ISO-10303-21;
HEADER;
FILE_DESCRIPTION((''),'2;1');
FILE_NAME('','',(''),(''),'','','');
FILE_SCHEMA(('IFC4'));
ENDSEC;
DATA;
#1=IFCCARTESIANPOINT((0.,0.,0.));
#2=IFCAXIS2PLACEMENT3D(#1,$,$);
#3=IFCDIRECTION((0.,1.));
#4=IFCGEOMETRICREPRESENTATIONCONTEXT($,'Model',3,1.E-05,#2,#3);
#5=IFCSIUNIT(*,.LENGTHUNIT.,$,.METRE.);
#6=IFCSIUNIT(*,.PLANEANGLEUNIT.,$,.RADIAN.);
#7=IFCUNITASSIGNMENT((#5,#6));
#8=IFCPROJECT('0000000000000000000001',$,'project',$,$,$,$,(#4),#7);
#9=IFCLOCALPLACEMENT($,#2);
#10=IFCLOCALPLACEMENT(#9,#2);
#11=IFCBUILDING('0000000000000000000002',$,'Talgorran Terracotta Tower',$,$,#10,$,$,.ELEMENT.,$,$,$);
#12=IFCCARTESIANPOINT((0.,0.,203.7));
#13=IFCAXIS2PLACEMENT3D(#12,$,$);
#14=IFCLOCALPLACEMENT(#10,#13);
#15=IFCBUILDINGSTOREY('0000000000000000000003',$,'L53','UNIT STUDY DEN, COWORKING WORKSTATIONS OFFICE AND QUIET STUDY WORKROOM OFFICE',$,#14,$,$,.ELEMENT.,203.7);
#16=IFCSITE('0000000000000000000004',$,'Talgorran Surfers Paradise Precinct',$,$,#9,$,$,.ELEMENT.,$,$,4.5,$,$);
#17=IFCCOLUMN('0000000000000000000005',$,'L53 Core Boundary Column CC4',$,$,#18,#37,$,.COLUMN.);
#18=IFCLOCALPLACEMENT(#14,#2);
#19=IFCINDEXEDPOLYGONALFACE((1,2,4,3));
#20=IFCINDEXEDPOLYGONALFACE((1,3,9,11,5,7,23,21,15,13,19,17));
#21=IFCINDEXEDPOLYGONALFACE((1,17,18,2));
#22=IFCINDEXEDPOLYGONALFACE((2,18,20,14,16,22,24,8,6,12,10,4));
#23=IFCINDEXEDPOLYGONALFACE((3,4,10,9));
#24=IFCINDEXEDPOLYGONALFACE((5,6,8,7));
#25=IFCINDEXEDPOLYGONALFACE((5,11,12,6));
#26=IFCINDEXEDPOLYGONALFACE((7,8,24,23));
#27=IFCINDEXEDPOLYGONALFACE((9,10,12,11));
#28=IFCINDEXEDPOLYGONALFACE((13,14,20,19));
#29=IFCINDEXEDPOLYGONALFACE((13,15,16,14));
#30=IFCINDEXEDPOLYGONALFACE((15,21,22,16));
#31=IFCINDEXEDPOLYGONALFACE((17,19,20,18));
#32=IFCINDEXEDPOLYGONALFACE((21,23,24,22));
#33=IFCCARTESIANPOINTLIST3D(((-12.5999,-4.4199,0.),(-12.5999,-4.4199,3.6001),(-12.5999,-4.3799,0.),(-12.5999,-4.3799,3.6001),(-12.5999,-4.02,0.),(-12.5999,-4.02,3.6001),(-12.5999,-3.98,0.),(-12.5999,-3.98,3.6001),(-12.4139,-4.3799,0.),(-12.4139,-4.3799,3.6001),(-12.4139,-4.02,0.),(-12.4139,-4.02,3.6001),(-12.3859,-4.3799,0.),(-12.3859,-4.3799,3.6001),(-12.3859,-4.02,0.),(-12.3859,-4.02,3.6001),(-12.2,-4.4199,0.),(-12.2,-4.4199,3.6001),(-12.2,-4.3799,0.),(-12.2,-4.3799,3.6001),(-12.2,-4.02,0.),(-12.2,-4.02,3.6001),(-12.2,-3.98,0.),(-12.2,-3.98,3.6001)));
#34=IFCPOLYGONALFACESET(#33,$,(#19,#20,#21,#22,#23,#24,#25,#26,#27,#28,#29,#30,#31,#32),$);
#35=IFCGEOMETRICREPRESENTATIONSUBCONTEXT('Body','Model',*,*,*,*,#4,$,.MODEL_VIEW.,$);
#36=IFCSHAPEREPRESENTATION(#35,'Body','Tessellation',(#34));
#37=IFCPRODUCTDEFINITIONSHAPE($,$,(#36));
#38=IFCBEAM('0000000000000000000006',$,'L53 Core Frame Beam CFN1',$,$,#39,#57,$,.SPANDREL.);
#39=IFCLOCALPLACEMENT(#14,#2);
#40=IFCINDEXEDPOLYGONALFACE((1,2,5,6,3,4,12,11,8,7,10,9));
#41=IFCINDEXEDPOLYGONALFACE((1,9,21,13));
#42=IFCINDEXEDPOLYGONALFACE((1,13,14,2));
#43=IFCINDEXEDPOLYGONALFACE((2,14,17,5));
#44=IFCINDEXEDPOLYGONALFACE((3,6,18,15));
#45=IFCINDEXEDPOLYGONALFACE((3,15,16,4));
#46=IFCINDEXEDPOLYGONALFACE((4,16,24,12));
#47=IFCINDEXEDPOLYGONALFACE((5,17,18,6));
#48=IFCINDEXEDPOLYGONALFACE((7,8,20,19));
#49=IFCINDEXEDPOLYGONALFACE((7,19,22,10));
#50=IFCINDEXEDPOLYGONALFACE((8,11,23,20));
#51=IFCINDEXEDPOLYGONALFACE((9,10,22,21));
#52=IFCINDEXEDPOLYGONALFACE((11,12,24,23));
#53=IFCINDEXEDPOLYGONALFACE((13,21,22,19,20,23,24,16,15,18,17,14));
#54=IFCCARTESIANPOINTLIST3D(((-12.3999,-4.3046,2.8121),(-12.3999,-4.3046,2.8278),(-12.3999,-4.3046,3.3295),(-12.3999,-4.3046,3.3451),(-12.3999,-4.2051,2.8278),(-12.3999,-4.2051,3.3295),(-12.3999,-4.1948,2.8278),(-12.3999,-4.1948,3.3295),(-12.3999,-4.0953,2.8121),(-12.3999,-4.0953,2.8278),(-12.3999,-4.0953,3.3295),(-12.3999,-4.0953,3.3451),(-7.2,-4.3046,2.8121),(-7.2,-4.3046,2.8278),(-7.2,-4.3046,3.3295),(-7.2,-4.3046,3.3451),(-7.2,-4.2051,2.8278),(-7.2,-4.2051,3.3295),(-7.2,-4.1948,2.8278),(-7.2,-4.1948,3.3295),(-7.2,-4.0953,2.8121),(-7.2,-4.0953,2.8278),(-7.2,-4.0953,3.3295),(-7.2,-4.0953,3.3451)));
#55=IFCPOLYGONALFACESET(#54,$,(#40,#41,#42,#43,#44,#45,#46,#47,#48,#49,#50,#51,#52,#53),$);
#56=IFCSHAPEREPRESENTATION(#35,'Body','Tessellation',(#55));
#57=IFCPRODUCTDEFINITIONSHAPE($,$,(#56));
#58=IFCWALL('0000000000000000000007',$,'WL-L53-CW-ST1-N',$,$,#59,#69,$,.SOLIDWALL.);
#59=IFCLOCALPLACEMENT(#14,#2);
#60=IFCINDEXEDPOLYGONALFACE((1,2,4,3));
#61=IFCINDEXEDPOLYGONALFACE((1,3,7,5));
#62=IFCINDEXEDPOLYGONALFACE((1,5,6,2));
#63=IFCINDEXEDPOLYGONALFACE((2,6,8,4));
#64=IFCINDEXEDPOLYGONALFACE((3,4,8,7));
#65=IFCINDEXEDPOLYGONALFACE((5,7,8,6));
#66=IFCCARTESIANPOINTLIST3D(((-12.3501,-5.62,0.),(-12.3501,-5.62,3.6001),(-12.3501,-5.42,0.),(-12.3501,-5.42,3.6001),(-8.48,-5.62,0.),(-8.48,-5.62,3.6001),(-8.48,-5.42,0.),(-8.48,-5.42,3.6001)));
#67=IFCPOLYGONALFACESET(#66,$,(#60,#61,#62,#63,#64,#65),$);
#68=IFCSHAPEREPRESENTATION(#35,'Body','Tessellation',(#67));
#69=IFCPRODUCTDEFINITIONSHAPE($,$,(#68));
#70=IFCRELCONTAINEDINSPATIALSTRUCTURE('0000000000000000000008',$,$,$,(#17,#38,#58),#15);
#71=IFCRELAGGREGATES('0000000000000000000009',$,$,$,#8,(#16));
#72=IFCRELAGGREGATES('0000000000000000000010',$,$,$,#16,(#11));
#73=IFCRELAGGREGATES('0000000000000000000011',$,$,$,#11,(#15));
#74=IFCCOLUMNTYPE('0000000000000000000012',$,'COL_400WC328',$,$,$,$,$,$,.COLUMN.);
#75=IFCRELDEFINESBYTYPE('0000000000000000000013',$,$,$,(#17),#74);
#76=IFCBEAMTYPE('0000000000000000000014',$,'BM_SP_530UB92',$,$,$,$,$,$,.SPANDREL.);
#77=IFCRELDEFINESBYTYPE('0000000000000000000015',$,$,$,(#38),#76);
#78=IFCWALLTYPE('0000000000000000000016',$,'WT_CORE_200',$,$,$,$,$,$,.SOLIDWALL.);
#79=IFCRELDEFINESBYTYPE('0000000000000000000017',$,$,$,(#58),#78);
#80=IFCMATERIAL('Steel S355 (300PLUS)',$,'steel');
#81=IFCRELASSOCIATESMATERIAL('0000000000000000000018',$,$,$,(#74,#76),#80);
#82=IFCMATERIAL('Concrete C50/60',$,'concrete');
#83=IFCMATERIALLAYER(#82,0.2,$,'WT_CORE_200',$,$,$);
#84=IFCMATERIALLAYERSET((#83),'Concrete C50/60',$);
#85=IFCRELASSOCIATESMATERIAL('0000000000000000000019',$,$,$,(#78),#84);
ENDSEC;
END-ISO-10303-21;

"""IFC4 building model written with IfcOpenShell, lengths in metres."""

from ifc_helpers import new_model, si_unit, direction, frame, frame_2d, origin, origin_2d, place, context, subcontext, project, spatial, rectangle, i_section, extrude, material, layer, layer_set, material_profile, profile_set, type_object, element, save


model = new_model("IFC4")

# Units and contexts
model_context = context("Model", 3, precision=1e-05, world=origin(), true_north=direction((0.0, 1.0)))
body_context = subcontext(model_context, "Body", "Model", "MODEL_VIEW")
ifc_project = project(units=[si_unit("LENGTHUNIT", "METRE"), si_unit("PLANEANGLEUNIT", "RADIAN")], contexts=[model_context])

# Site, building, storey
site_placement = place(None, origin())
site = spatial("IfcSite", under=ifc_project, at=site_placement, Name="Talgorran Surfers Paradise Precinct", CompositionType="ELEMENT", RefElevation=4.5)
building_placement = place(site_placement, origin())
building = spatial("IfcBuilding", under=site, at=building_placement, Name="Talgorran Terracotta Tower", CompositionType="ELEMENT")
storey_placement = place(building_placement, frame((0.0, 0.0, 203.7)))
storey = spatial("IfcBuildingStorey", under=building, at=storey_placement, Name="L53", Description="UNIT STUDY DEN, COWORKING WORKSTATIONS OFFICE AND QUIET STUDY WORKROOM OFFICE", CompositionType="ELEMENT", Elevation=203.7)

# Column
ifc_material_1 = material(Name="Steel S355 (300PLUS)", Category="steel")
ifc_material_profile_1 = material_profile(ifc_material_1, i_section(OverallWidth=0.3999, OverallDepth=0.4399, WebThickness=0.0281, FlangeThickness=0.04, at=origin_2d()), Name="400WC328")
ifc_profile_set_1 = profile_set([ifc_material_profile_1], Name="Steel S355 (300PLUS)")
column_type = type_object("IfcColumnType", Name="COL_400WC328", PredefinedType="COLUMN", material=ifc_profile_set_1)
column_placement = place(storey_placement, frame((-12.3999, -4.2, 0.0), z_axis=(0.0, 0.0, 1.0), x_axis=(1.0, 0.0, 0.0)))
element("IfcColumn", 1, at=column_placement, inside=storey, type_object=column_type, Name="L53 Core Boundary Column CC4", PredefinedType="COLUMN", context=body_context, shape_type="SweptSolid", body=[
    extrude(i_section(OverallWidth=0.3999, OverallDepth=0.4399, WebThickness=0.0281, FlangeThickness=0.04, at=origin_2d()), origin(), (0.0, 0.0, 1.0), 3.6001),
])

# Beam
ifc_material_profile_2 = material_profile(ifc_material_1, i_section(OverallWidth=0.2092, OverallDepth=0.533, WebThickness=0.0103, FlangeThickness=0.0156, at=origin_2d()), Name="530UB92.4")
ifc_profile_set_2 = profile_set([ifc_material_profile_2], Name="Steel S355 (300PLUS)")
beam_type = type_object("IfcBeamType", Name="BM_SP_530UB92", PredefinedType="SPANDREL", material=ifc_profile_set_2)
beam_placement = place(storey_placement, frame((-12.3999, -4.2, 3.0786), z_axis=(1.0, 0.0, 0.0), x_axis=(0.0, 1.0, 0.0)))
element("IfcBeam", 2, at=beam_placement, inside=storey, type_object=beam_type, Name="L53 Core Frame Beam CFN1", PredefinedType="SPANDREL", context=body_context, shape_type="SweptSolid", body=[
    extrude(i_section(OverallWidth=0.2092, OverallDepth=0.533, WebThickness=0.0103, FlangeThickness=0.0156, at=origin_2d()), origin(), (0.0, 0.0, 1.0), 5.2),
])

# Wall
ifc_material_2 = material(Name="Concrete C50/60", Category="concrete")
ifc_layer_1 = layer(ifc_material_2, 0.2, Name="WT_CORE_200")
ifc_layer_set_1 = layer_set([ifc_layer_1], Name="Concrete C50/60")
wall_type_1 = type_object("IfcWallType", Name="WT_CORE_200", PredefinedType="SOLIDWALL", material=ifc_layer_set_1)
wall_1_placement = place(storey_placement, frame((-12.3501, -5.52, 0.0), z_axis=(0.0, 0.0, 1.0), x_axis=(1.0, 0.0, 0.0)))
element("IfcWall", 3, at=wall_1_placement, inside=storey, type_object=wall_type_1, Name="WL-L53-CW-ST1-N", PredefinedType="SOLIDWALL", context=body_context, shape_type="SweptSolid", body=[
    extrude(rectangle(XDim=3.8701, YDim=0.2, at=frame_2d((1.9351, 0.0))), origin(), (0.0, 0.0, 1.0), 3.6001),
])

save(model, "model.ifc")
